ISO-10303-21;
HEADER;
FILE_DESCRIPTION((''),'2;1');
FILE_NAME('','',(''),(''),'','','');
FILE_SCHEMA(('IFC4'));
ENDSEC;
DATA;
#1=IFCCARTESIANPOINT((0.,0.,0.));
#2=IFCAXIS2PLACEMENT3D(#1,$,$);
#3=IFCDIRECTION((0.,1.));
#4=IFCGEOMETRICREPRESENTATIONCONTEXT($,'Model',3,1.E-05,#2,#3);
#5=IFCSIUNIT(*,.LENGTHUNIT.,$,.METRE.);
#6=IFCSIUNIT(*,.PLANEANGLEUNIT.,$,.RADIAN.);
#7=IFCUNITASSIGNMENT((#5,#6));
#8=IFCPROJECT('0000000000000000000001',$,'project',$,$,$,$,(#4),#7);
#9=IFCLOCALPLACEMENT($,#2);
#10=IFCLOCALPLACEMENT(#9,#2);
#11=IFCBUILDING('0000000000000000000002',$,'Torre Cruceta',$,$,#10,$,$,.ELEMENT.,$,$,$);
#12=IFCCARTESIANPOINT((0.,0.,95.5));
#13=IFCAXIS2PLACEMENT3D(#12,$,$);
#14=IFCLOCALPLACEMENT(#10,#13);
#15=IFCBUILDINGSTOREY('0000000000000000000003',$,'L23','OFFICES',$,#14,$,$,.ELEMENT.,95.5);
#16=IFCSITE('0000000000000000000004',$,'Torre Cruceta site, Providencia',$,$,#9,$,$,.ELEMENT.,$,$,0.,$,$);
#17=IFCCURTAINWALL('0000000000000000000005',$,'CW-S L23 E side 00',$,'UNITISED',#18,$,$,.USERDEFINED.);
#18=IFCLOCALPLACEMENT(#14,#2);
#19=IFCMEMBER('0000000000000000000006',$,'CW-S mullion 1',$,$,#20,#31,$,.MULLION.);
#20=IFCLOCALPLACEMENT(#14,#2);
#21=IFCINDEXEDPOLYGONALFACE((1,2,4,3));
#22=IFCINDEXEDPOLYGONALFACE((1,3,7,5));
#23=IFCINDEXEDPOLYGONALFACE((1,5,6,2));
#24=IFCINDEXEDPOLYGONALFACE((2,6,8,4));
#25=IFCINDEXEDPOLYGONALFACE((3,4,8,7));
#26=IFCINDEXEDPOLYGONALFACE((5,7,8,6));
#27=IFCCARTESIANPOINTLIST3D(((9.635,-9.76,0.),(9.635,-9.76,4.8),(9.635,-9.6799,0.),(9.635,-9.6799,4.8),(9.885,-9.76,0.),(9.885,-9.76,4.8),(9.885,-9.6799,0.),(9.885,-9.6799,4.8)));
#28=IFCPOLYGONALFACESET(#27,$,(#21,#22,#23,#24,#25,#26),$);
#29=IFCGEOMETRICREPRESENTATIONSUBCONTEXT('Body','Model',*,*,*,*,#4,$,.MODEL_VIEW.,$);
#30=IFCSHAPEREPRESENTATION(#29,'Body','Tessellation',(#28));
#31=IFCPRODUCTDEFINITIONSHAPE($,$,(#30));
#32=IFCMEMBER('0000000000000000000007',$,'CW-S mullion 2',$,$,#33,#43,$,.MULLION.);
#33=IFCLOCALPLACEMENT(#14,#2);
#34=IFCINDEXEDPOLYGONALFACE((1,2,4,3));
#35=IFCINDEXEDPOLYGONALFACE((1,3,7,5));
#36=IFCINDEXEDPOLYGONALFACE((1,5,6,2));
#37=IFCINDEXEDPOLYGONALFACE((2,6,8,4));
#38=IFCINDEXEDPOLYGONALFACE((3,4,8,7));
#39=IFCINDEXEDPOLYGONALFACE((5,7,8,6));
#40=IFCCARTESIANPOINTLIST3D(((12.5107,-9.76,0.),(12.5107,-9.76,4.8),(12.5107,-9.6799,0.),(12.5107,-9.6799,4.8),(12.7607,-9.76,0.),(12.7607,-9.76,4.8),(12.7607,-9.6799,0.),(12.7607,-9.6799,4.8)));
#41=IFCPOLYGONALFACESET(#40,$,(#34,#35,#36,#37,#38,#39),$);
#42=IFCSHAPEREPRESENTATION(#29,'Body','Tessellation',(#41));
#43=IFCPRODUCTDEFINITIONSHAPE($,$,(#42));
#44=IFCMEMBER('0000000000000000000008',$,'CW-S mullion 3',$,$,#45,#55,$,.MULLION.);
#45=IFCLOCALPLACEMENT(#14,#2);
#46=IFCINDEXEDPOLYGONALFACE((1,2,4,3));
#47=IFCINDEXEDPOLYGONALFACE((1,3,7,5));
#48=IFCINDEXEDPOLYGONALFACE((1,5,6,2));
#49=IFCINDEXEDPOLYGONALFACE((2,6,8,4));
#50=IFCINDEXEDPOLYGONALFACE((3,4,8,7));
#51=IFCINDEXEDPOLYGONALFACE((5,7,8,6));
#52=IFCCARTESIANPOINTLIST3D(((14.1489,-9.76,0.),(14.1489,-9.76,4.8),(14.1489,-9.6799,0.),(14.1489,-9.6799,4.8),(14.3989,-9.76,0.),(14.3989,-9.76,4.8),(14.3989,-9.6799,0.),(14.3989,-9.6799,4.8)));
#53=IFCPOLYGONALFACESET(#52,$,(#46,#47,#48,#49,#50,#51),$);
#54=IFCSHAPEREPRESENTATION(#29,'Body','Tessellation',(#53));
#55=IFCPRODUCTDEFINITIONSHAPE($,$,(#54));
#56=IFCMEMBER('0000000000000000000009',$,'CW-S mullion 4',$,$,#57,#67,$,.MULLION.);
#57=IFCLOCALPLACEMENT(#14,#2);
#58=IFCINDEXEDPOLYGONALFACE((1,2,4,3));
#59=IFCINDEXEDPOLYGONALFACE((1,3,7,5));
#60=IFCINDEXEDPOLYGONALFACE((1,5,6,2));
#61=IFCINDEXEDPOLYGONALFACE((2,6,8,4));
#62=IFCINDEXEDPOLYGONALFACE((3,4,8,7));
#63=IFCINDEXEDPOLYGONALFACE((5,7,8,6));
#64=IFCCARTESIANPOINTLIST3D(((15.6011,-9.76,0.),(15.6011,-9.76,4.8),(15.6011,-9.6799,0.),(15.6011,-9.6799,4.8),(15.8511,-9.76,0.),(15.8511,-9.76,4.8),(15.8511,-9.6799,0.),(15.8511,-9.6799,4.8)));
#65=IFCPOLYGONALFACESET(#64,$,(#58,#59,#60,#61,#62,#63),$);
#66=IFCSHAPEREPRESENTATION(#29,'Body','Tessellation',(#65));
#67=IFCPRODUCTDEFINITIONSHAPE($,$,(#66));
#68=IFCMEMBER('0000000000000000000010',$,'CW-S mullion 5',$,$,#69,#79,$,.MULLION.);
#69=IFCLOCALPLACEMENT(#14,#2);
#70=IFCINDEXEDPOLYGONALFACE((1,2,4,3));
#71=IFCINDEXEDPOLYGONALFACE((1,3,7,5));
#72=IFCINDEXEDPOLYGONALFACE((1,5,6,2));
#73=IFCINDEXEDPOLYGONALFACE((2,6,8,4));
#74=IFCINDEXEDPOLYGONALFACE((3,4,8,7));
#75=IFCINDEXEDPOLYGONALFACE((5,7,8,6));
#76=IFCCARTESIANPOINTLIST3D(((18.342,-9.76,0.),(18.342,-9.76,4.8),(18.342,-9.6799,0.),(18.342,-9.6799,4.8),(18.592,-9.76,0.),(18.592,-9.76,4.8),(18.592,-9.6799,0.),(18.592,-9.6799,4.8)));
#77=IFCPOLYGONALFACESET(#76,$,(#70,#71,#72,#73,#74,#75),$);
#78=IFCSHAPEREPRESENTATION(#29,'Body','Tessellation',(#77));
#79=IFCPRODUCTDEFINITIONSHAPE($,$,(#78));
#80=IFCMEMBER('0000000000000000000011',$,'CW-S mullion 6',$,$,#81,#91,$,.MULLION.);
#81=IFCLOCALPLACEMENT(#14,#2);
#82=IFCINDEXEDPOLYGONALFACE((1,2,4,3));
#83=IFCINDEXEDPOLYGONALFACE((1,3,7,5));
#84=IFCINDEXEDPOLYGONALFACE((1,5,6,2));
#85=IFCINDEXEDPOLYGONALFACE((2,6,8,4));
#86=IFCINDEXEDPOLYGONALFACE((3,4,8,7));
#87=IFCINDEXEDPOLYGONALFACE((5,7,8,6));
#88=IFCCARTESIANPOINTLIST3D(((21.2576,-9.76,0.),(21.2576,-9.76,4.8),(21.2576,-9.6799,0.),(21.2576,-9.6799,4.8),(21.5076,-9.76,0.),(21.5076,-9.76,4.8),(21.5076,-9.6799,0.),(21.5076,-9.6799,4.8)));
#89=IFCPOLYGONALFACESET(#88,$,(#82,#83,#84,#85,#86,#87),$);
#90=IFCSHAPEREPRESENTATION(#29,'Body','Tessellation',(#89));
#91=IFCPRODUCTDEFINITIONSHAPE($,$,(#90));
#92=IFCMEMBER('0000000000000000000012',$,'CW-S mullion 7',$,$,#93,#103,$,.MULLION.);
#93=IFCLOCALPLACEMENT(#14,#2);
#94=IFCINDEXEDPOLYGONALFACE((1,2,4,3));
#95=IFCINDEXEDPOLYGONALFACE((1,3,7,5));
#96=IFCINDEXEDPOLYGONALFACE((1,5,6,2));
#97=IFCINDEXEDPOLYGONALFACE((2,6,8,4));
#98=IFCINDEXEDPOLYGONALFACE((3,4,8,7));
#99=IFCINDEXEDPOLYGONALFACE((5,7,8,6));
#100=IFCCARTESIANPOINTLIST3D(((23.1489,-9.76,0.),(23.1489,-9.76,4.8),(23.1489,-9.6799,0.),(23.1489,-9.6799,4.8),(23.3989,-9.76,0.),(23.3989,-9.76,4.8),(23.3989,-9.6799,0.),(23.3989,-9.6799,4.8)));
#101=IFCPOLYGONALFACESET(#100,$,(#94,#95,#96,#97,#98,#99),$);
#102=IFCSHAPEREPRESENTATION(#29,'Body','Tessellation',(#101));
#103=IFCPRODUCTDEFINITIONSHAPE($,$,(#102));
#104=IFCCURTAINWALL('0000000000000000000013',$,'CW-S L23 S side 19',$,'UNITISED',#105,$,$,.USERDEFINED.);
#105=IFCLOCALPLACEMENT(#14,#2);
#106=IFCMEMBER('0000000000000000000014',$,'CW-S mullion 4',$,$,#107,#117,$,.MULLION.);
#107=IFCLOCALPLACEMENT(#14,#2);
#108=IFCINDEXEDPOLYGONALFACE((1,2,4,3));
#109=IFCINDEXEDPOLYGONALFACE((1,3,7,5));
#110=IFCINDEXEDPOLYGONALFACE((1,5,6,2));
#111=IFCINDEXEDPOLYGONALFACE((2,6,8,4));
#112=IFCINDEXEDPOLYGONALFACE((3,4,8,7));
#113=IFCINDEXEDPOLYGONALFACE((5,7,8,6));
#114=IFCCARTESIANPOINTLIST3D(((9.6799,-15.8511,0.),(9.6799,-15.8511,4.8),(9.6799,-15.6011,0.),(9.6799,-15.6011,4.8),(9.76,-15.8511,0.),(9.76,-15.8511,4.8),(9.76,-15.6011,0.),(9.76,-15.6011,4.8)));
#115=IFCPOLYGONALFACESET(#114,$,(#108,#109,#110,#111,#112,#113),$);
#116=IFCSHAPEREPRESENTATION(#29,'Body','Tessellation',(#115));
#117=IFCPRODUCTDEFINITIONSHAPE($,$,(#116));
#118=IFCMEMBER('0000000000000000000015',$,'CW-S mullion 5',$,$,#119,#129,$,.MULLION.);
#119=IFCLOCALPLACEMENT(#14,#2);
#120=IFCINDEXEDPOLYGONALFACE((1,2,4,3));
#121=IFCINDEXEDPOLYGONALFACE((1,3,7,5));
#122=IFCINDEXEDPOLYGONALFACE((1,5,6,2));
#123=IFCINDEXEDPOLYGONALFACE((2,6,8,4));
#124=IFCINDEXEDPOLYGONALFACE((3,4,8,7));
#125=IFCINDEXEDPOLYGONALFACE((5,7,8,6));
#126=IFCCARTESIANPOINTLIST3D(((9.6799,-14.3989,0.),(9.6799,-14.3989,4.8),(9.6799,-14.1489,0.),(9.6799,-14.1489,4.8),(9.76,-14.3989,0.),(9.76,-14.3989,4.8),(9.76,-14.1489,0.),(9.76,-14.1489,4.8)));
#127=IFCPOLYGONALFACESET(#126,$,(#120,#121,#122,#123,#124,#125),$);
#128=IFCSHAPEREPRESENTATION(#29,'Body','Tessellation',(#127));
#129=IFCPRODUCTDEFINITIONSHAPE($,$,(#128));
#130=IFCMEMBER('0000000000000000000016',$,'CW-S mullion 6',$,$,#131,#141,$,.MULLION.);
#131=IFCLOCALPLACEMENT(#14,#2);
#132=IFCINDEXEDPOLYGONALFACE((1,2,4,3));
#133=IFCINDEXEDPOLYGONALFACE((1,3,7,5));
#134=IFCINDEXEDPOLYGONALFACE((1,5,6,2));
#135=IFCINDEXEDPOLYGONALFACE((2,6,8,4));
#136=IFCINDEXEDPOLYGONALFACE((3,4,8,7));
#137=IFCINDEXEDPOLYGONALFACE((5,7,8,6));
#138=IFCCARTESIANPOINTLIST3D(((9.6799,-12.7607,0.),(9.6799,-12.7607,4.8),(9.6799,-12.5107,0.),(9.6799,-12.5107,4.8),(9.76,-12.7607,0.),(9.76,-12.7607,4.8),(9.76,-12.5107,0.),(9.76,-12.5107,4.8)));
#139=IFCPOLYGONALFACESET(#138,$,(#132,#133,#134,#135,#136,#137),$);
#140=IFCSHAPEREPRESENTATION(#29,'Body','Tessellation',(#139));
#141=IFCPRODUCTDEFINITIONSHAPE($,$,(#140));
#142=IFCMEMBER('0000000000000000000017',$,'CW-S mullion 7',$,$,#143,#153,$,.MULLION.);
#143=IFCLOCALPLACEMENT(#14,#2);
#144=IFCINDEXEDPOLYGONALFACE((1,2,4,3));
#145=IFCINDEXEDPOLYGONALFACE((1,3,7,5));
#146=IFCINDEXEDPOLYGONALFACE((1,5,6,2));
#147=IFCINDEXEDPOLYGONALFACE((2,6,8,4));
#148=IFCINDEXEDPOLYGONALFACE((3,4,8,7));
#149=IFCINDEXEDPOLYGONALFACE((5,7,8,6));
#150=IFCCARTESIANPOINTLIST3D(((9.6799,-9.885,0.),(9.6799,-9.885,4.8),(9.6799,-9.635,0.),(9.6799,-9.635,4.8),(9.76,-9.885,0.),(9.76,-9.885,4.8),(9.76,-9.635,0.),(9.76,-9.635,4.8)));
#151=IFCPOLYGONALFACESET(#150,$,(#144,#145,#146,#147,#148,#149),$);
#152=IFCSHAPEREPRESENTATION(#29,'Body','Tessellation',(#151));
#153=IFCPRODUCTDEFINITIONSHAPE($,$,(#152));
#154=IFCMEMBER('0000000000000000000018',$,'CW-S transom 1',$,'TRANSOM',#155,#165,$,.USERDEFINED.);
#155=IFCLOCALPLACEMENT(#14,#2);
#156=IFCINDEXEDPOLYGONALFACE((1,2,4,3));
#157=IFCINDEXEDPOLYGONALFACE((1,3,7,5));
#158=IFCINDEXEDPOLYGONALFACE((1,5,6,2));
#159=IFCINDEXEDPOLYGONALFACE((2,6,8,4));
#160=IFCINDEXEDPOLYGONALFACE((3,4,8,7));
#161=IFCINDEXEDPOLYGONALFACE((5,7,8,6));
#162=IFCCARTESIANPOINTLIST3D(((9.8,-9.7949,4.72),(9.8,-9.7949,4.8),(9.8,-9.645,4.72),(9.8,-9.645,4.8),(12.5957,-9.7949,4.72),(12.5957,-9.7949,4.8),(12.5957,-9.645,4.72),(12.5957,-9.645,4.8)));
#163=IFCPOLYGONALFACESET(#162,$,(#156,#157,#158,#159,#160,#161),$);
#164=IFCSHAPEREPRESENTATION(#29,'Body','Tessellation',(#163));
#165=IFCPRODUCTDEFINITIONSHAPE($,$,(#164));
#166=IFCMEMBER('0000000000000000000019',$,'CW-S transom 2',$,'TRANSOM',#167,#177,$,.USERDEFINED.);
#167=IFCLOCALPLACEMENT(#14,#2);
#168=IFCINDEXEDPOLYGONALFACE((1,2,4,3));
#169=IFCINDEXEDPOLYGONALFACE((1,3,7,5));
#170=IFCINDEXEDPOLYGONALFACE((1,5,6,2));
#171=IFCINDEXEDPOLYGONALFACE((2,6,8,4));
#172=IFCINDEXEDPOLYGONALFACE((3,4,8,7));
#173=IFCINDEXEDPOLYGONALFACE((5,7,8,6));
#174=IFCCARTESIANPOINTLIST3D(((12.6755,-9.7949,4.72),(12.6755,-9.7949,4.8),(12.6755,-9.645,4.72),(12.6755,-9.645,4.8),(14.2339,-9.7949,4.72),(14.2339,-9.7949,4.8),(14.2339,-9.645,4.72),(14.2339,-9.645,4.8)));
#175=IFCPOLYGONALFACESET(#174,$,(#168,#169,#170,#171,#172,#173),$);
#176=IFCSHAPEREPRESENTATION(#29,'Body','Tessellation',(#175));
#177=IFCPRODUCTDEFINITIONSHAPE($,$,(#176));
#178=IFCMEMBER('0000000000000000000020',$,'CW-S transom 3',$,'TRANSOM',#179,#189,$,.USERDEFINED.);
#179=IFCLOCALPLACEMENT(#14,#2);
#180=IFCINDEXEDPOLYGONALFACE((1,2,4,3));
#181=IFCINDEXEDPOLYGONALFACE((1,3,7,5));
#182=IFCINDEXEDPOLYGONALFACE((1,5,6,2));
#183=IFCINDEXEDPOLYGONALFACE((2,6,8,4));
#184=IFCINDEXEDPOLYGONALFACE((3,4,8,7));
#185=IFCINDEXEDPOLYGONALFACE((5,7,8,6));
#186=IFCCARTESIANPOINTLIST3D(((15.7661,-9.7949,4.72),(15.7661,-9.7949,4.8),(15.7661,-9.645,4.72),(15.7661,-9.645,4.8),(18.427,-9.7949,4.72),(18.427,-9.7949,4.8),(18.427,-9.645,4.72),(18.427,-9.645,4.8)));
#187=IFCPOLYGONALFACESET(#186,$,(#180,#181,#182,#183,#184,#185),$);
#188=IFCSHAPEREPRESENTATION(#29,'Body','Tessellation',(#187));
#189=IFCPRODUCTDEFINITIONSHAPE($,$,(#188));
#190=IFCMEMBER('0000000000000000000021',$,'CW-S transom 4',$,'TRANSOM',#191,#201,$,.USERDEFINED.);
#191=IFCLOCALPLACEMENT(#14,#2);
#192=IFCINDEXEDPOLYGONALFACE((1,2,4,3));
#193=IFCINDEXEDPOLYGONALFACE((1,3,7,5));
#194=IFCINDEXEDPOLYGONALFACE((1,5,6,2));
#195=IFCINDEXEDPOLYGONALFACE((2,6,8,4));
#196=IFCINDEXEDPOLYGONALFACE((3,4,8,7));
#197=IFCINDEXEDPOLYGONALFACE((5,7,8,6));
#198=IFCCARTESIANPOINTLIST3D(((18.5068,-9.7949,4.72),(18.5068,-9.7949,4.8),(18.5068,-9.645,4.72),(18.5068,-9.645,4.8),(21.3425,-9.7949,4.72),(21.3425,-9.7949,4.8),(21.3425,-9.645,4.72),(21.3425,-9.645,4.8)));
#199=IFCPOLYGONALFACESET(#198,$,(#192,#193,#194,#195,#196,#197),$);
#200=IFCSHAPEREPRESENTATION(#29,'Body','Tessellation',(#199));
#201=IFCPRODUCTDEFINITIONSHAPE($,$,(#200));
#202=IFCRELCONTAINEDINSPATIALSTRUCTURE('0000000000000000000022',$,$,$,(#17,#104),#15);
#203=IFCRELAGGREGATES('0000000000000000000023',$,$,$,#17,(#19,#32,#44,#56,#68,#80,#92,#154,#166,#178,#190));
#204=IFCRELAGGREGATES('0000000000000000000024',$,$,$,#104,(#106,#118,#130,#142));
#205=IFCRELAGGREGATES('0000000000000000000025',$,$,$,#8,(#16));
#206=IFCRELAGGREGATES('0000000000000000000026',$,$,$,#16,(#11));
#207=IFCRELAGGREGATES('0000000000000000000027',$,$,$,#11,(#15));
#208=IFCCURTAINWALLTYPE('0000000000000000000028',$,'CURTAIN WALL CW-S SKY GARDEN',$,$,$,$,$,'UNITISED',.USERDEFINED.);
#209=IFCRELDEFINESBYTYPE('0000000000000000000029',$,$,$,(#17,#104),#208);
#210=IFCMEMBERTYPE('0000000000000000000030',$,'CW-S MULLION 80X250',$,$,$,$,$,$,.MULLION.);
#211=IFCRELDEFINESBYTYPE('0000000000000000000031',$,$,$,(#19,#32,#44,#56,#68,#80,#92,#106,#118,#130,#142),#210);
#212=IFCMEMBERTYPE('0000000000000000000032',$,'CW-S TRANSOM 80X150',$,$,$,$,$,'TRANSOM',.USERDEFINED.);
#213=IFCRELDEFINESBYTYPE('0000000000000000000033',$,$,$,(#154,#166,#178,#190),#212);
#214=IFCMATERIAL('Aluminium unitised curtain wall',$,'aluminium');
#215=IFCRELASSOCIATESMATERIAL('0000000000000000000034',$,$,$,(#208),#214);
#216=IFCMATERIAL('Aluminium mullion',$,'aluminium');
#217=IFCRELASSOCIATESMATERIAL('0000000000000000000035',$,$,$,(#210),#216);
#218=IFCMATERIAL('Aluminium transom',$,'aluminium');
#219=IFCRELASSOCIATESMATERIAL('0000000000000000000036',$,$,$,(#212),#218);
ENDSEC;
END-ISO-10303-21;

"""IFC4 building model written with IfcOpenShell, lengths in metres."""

from ifc_helpers import new_model, si_unit, direction, frame, origin, origin_2d, place, context, subcontext, project, spatial, rectangle, extrude, material, material_profile, profile_set, type_object, element, aggregate, save


model = new_model("IFC4")

# Units and contexts
model_context = context("Model", 3, precision=1e-05, world=origin(), true_north=direction((0.0, 1.0)))
body_context = subcontext(model_context, "Body", "Model", "MODEL_VIEW")
ifc_project = project(units=[si_unit("LENGTHUNIT", "METRE"), si_unit("PLANEANGLEUNIT", "RADIAN")], contexts=[model_context])

# Site, building, storey
site_placement = place(None, origin())
site = spatial("IfcSite", under=ifc_project, at=site_placement, Name="Torre Cruceta site, Providencia", CompositionType="ELEMENT", RefElevation=0.0)
building_placement = place(site_placement, origin())
building = spatial("IfcBuilding", under=site, at=building_placement, Name="Torre Cruceta", CompositionType="ELEMENT")
storey_placement = place(building_placement, frame((0.0, 0.0, 95.5)))
storey = spatial("IfcBuildingStorey", under=building, at=storey_placement, Name="L23", Description="OFFICES", CompositionType="ELEMENT", Elevation=95.5)

# Curtain walls, members
ifc_material_1 = material(Name="Aluminium unitised curtain wall", Category="aluminium")
curtain_wall_type = type_object("IfcCurtainWallType", Name="CURTAIN WALL CW-S SKY GARDEN", ElementType="UNITISED", PredefinedType="USERDEFINED", material=ifc_material_1)
curtain_wall_1_placement = place(storey_placement, origin())
curtain_wall_1 = element("IfcCurtainWall", 1, at=curtain_wall_1_placement, inside=storey, type_object=curtain_wall_type, Name="CW-S L23 E side 00", ObjectType="UNITISED", PredefinedType="USERDEFINED")
ifc_material_2 = material(Name="Aluminium mullion", Category="aluminium")
ifc_material_profile_1 = material_profile(ifc_material_2, rectangle(XDim=0.0801, YDim=0.25, at=origin_2d()), Name="AL 80X250")
ifc_profile_set_1 = profile_set([ifc_material_profile_1], Name="Aluminium mullion")
member_type_1 = type_object("IfcMemberType", Name="CW-S MULLION 80X250", PredefinedType="MULLION", material=ifc_profile_set_1)
member_1_placement = place(storey_placement, frame((9.76, -9.72, 0.0), z_axis=(0.0, 0.0, 1.0), x_axis=(0.0, 1.0, 0.0)))
member_1 = element("IfcMember", 2, at=member_1_placement, type_object=member_type_1, Name="CW-S mullion 1", PredefinedType="MULLION", context=body_context, shape_type="SweptSolid", body=[
    extrude(rectangle(XDim=0.0801, YDim=0.25, at=origin_2d()), origin(), (0.0, 0.0, 1.0), 4.8),
])
member_2_placement = place(storey_placement, frame((12.6357, -9.72, 0.0), z_axis=(0.0, 0.0, 1.0), x_axis=(0.0, 1.0, 0.0)))
member_2 = element("IfcMember", 3, at=member_2_placement, type_object=member_type_1, Name="CW-S mullion 2", PredefinedType="MULLION", context=body_context, shape_type="SweptSolid", body=[
    extrude(rectangle(XDim=0.0801, YDim=0.25, at=origin_2d()), origin(), (0.0, 0.0, 1.0), 4.8),
])
member_3_placement = place(storey_placement, frame((14.2739, -9.72, 0.0), z_axis=(0.0, 0.0, 1.0), x_axis=(0.0, 1.0, 0.0)))
member_3 = element("IfcMember", 4, at=member_3_placement, type_object=member_type_1, Name="CW-S mullion 3", PredefinedType="MULLION", context=body_context, shape_type="SweptSolid", body=[
    extrude(rectangle(XDim=0.0801, YDim=0.25, at=origin_2d()), origin(), (0.0, 0.0, 1.0), 4.8),
])
member_4_placement = place(storey_placement, frame((15.7261, -9.72, 0.0), z_axis=(0.0, 0.0, 1.0), x_axis=(0.0, 1.0, 0.0)))
member_4 = element("IfcMember", 5, at=member_4_placement, type_object=member_type_1, Name="CW-S mullion 4", PredefinedType="MULLION", context=body_context, shape_type="SweptSolid", body=[
    extrude(rectangle(XDim=0.0801, YDim=0.25, at=origin_2d()), origin(), (0.0, 0.0, 1.0), 4.8),
])
member_5_placement = place(storey_placement, frame((18.467, -9.72, 0.0), z_axis=(0.0, 0.0, 1.0), x_axis=(0.0, 1.0, 0.0)))
member_5 = element("IfcMember", 6, at=member_5_placement, type_object=member_type_1, Name="CW-S mullion 5", PredefinedType="MULLION", context=body_context, shape_type="SweptSolid", body=[
    extrude(rectangle(XDim=0.0801, YDim=0.25, at=origin_2d()), origin(), (0.0, 0.0, 1.0), 4.8),
])
member_6_placement = place(storey_placement, frame((21.3826, -9.72, 0.0), z_axis=(0.0, 0.0, 1.0), x_axis=(0.0, 1.0, 0.0)))
member_6 = element("IfcMember", 7, at=member_6_placement, type_object=member_type_1, Name="CW-S mullion 6", PredefinedType="MULLION", context=body_context, shape_type="SweptSolid", body=[
    extrude(rectangle(XDim=0.0801, YDim=0.25, at=origin_2d()), origin(), (0.0, 0.0, 1.0), 4.8),
])
member_7_placement = place(storey_placement, frame((23.2739, -9.72, 0.0), z_axis=(0.0, 0.0, 1.0), x_axis=(0.0, 1.0, 0.0)))
member_7 = element("IfcMember", 8, at=member_7_placement, type_object=member_type_1, Name="CW-S mullion 7", PredefinedType="MULLION", context=body_context, shape_type="SweptSolid", body=[
    extrude(rectangle(XDim=0.0801, YDim=0.25, at=origin_2d()), origin(), (0.0, 0.0, 1.0), 4.8),
])
curtain_wall_2_placement = place(storey_placement, origin())
curtain_wall_2 = element("IfcCurtainWall", 9, at=curtain_wall_2_placement, inside=storey, type_object=curtain_wall_type, Name="CW-S L23 S side 19", ObjectType="UNITISED", PredefinedType="USERDEFINED")
member_8_placement = place(storey_placement, frame((9.72, -15.7261, 0.0), z_axis=(0.0, 0.0, 1.0), x_axis=(-1.0, 0.0, 0.0)))
member_8 = element("IfcMember", 10, at=member_8_placement, type_object=member_type_1, Name="CW-S mullion 4", PredefinedType="MULLION", context=body_context, shape_type="SweptSolid", body=[
    extrude(rectangle(XDim=0.0801, YDim=0.25, at=origin_2d()), origin(), (0.0, 0.0, 1.0), 4.8),
])
member_9_placement = place(storey_placement, frame((9.72, -14.2739, 0.0), z_axis=(0.0, 0.0, 1.0), x_axis=(-1.0, 0.0, 0.0)))
member_9 = element("IfcMember", 11, at=member_9_placement, type_object=member_type_1, Name="CW-S mullion 5", PredefinedType="MULLION", context=body_context, shape_type="SweptSolid", body=[
    extrude(rectangle(XDim=0.0801, YDim=0.25, at=origin_2d()), origin(), (0.0, 0.0, 1.0), 4.8),
])
member_10_placement = place(storey_placement, frame((9.72, -12.6357, 0.0), z_axis=(0.0, 0.0, 1.0), x_axis=(-1.0, 0.0, 0.0)))
member_10 = element("IfcMember", 12, at=member_10_placement, type_object=member_type_1, Name="CW-S mullion 6", PredefinedType="MULLION", context=body_context, shape_type="SweptSolid", body=[
    extrude(rectangle(XDim=0.0801, YDim=0.25, at=origin_2d()), origin(), (0.0, 0.0, 1.0), 4.8),
])
member_11_placement = place(storey_placement, frame((9.72, -9.76, 0.0), z_axis=(0.0, 0.0, 1.0), x_axis=(-1.0, 0.0, 0.0)))
member_11 = element("IfcMember", 13, at=member_11_placement, type_object=member_type_1, Name="CW-S mullion 7", PredefinedType="MULLION", context=body_context, shape_type="SweptSolid", body=[
    extrude(rectangle(XDim=0.0801, YDim=0.25, at=origin_2d()), origin(), (0.0, 0.0, 1.0), 4.8),
])

# Members
ifc_material_3 = material(Name="Aluminium transom", Category="aluminium")
ifc_material_profile_2 = material_profile(ifc_material_3, rectangle(XDim=0.1499, YDim=0.0801, at=origin_2d()), Name="AL 150X80")
ifc_profile_set_2 = profile_set([ifc_material_profile_2], Name="Aluminium transom")
member_type_2 = type_object("IfcMemberType", Name="CW-S TRANSOM 80X150", ElementType="TRANSOM", PredefinedType="USERDEFINED", material=ifc_profile_set_2)
member_12_placement = place(storey_placement, frame((9.8, -9.72, 4.76), z_axis=(1.0, 0.0, 0.0), x_axis=(0.0, 1.0, 0.0)))
member_12 = element("IfcMember", 14, at=member_12_placement, type_object=member_type_2, Name="CW-S transom 1", ObjectType="TRANSOM", PredefinedType="USERDEFINED", context=body_context, shape_type="SweptSolid", body=[
    extrude(rectangle(XDim=0.1499, YDim=0.0801, at=origin_2d()), origin(), (0.0, 0.0, 1.0), 2.7957),
])
member_13_placement = place(storey_placement, frame((12.6755, -9.72, 4.76), z_axis=(1.0, 0.0, 0.0), x_axis=(0.0, 1.0, 0.0)))
member_13 = element("IfcMember", 15, at=member_13_placement, type_object=member_type_2, Name="CW-S transom 2", ObjectType="TRANSOM", PredefinedType="USERDEFINED", context=body_context, shape_type="SweptSolid", body=[
    extrude(rectangle(XDim=0.1499, YDim=0.0801, at=origin_2d()), origin(), (0.0, 0.0, 1.0), 1.5583),
])
member_14_placement = place(storey_placement, frame((15.7661, -9.72, 4.76), z_axis=(1.0, 0.0, 0.0), x_axis=(0.0, 1.0, 0.0)))
member_14 = element("IfcMember", 16, at=member_14_placement, type_object=member_type_2, Name="CW-S transom 3", ObjectType="TRANSOM", PredefinedType="USERDEFINED", context=body_context, shape_type="SweptSolid", body=[
    extrude(rectangle(XDim=0.1499, YDim=0.0801, at=origin_2d()), origin(), (0.0, 0.0, 1.0), 2.6609),
])
member_15_placement = place(storey_placement, frame((18.5068, -9.72, 4.76), z_axis=(1.0, 0.0, 0.0), x_axis=(0.0, 1.0, 0.0)))
member_15 = element("IfcMember", 17, at=member_15_placement, type_object=member_type_2, Name="CW-S transom 4", ObjectType="TRANSOM", PredefinedType="USERDEFINED", context=body_context, shape_type="SweptSolid", body=[
    extrude(rectangle(XDim=0.1499, YDim=0.0801, at=origin_2d()), origin(), (0.0, 0.0, 1.0), 2.8357),
])

aggregate(curtain_wall_1, [member_1, member_2, member_3, member_4, member_5, member_6, member_7, member_12, member_13, member_14, member_15])
aggregate(curtain_wall_2, [member_8, member_9, member_10, member_11])

save(model, "model.ifc")
